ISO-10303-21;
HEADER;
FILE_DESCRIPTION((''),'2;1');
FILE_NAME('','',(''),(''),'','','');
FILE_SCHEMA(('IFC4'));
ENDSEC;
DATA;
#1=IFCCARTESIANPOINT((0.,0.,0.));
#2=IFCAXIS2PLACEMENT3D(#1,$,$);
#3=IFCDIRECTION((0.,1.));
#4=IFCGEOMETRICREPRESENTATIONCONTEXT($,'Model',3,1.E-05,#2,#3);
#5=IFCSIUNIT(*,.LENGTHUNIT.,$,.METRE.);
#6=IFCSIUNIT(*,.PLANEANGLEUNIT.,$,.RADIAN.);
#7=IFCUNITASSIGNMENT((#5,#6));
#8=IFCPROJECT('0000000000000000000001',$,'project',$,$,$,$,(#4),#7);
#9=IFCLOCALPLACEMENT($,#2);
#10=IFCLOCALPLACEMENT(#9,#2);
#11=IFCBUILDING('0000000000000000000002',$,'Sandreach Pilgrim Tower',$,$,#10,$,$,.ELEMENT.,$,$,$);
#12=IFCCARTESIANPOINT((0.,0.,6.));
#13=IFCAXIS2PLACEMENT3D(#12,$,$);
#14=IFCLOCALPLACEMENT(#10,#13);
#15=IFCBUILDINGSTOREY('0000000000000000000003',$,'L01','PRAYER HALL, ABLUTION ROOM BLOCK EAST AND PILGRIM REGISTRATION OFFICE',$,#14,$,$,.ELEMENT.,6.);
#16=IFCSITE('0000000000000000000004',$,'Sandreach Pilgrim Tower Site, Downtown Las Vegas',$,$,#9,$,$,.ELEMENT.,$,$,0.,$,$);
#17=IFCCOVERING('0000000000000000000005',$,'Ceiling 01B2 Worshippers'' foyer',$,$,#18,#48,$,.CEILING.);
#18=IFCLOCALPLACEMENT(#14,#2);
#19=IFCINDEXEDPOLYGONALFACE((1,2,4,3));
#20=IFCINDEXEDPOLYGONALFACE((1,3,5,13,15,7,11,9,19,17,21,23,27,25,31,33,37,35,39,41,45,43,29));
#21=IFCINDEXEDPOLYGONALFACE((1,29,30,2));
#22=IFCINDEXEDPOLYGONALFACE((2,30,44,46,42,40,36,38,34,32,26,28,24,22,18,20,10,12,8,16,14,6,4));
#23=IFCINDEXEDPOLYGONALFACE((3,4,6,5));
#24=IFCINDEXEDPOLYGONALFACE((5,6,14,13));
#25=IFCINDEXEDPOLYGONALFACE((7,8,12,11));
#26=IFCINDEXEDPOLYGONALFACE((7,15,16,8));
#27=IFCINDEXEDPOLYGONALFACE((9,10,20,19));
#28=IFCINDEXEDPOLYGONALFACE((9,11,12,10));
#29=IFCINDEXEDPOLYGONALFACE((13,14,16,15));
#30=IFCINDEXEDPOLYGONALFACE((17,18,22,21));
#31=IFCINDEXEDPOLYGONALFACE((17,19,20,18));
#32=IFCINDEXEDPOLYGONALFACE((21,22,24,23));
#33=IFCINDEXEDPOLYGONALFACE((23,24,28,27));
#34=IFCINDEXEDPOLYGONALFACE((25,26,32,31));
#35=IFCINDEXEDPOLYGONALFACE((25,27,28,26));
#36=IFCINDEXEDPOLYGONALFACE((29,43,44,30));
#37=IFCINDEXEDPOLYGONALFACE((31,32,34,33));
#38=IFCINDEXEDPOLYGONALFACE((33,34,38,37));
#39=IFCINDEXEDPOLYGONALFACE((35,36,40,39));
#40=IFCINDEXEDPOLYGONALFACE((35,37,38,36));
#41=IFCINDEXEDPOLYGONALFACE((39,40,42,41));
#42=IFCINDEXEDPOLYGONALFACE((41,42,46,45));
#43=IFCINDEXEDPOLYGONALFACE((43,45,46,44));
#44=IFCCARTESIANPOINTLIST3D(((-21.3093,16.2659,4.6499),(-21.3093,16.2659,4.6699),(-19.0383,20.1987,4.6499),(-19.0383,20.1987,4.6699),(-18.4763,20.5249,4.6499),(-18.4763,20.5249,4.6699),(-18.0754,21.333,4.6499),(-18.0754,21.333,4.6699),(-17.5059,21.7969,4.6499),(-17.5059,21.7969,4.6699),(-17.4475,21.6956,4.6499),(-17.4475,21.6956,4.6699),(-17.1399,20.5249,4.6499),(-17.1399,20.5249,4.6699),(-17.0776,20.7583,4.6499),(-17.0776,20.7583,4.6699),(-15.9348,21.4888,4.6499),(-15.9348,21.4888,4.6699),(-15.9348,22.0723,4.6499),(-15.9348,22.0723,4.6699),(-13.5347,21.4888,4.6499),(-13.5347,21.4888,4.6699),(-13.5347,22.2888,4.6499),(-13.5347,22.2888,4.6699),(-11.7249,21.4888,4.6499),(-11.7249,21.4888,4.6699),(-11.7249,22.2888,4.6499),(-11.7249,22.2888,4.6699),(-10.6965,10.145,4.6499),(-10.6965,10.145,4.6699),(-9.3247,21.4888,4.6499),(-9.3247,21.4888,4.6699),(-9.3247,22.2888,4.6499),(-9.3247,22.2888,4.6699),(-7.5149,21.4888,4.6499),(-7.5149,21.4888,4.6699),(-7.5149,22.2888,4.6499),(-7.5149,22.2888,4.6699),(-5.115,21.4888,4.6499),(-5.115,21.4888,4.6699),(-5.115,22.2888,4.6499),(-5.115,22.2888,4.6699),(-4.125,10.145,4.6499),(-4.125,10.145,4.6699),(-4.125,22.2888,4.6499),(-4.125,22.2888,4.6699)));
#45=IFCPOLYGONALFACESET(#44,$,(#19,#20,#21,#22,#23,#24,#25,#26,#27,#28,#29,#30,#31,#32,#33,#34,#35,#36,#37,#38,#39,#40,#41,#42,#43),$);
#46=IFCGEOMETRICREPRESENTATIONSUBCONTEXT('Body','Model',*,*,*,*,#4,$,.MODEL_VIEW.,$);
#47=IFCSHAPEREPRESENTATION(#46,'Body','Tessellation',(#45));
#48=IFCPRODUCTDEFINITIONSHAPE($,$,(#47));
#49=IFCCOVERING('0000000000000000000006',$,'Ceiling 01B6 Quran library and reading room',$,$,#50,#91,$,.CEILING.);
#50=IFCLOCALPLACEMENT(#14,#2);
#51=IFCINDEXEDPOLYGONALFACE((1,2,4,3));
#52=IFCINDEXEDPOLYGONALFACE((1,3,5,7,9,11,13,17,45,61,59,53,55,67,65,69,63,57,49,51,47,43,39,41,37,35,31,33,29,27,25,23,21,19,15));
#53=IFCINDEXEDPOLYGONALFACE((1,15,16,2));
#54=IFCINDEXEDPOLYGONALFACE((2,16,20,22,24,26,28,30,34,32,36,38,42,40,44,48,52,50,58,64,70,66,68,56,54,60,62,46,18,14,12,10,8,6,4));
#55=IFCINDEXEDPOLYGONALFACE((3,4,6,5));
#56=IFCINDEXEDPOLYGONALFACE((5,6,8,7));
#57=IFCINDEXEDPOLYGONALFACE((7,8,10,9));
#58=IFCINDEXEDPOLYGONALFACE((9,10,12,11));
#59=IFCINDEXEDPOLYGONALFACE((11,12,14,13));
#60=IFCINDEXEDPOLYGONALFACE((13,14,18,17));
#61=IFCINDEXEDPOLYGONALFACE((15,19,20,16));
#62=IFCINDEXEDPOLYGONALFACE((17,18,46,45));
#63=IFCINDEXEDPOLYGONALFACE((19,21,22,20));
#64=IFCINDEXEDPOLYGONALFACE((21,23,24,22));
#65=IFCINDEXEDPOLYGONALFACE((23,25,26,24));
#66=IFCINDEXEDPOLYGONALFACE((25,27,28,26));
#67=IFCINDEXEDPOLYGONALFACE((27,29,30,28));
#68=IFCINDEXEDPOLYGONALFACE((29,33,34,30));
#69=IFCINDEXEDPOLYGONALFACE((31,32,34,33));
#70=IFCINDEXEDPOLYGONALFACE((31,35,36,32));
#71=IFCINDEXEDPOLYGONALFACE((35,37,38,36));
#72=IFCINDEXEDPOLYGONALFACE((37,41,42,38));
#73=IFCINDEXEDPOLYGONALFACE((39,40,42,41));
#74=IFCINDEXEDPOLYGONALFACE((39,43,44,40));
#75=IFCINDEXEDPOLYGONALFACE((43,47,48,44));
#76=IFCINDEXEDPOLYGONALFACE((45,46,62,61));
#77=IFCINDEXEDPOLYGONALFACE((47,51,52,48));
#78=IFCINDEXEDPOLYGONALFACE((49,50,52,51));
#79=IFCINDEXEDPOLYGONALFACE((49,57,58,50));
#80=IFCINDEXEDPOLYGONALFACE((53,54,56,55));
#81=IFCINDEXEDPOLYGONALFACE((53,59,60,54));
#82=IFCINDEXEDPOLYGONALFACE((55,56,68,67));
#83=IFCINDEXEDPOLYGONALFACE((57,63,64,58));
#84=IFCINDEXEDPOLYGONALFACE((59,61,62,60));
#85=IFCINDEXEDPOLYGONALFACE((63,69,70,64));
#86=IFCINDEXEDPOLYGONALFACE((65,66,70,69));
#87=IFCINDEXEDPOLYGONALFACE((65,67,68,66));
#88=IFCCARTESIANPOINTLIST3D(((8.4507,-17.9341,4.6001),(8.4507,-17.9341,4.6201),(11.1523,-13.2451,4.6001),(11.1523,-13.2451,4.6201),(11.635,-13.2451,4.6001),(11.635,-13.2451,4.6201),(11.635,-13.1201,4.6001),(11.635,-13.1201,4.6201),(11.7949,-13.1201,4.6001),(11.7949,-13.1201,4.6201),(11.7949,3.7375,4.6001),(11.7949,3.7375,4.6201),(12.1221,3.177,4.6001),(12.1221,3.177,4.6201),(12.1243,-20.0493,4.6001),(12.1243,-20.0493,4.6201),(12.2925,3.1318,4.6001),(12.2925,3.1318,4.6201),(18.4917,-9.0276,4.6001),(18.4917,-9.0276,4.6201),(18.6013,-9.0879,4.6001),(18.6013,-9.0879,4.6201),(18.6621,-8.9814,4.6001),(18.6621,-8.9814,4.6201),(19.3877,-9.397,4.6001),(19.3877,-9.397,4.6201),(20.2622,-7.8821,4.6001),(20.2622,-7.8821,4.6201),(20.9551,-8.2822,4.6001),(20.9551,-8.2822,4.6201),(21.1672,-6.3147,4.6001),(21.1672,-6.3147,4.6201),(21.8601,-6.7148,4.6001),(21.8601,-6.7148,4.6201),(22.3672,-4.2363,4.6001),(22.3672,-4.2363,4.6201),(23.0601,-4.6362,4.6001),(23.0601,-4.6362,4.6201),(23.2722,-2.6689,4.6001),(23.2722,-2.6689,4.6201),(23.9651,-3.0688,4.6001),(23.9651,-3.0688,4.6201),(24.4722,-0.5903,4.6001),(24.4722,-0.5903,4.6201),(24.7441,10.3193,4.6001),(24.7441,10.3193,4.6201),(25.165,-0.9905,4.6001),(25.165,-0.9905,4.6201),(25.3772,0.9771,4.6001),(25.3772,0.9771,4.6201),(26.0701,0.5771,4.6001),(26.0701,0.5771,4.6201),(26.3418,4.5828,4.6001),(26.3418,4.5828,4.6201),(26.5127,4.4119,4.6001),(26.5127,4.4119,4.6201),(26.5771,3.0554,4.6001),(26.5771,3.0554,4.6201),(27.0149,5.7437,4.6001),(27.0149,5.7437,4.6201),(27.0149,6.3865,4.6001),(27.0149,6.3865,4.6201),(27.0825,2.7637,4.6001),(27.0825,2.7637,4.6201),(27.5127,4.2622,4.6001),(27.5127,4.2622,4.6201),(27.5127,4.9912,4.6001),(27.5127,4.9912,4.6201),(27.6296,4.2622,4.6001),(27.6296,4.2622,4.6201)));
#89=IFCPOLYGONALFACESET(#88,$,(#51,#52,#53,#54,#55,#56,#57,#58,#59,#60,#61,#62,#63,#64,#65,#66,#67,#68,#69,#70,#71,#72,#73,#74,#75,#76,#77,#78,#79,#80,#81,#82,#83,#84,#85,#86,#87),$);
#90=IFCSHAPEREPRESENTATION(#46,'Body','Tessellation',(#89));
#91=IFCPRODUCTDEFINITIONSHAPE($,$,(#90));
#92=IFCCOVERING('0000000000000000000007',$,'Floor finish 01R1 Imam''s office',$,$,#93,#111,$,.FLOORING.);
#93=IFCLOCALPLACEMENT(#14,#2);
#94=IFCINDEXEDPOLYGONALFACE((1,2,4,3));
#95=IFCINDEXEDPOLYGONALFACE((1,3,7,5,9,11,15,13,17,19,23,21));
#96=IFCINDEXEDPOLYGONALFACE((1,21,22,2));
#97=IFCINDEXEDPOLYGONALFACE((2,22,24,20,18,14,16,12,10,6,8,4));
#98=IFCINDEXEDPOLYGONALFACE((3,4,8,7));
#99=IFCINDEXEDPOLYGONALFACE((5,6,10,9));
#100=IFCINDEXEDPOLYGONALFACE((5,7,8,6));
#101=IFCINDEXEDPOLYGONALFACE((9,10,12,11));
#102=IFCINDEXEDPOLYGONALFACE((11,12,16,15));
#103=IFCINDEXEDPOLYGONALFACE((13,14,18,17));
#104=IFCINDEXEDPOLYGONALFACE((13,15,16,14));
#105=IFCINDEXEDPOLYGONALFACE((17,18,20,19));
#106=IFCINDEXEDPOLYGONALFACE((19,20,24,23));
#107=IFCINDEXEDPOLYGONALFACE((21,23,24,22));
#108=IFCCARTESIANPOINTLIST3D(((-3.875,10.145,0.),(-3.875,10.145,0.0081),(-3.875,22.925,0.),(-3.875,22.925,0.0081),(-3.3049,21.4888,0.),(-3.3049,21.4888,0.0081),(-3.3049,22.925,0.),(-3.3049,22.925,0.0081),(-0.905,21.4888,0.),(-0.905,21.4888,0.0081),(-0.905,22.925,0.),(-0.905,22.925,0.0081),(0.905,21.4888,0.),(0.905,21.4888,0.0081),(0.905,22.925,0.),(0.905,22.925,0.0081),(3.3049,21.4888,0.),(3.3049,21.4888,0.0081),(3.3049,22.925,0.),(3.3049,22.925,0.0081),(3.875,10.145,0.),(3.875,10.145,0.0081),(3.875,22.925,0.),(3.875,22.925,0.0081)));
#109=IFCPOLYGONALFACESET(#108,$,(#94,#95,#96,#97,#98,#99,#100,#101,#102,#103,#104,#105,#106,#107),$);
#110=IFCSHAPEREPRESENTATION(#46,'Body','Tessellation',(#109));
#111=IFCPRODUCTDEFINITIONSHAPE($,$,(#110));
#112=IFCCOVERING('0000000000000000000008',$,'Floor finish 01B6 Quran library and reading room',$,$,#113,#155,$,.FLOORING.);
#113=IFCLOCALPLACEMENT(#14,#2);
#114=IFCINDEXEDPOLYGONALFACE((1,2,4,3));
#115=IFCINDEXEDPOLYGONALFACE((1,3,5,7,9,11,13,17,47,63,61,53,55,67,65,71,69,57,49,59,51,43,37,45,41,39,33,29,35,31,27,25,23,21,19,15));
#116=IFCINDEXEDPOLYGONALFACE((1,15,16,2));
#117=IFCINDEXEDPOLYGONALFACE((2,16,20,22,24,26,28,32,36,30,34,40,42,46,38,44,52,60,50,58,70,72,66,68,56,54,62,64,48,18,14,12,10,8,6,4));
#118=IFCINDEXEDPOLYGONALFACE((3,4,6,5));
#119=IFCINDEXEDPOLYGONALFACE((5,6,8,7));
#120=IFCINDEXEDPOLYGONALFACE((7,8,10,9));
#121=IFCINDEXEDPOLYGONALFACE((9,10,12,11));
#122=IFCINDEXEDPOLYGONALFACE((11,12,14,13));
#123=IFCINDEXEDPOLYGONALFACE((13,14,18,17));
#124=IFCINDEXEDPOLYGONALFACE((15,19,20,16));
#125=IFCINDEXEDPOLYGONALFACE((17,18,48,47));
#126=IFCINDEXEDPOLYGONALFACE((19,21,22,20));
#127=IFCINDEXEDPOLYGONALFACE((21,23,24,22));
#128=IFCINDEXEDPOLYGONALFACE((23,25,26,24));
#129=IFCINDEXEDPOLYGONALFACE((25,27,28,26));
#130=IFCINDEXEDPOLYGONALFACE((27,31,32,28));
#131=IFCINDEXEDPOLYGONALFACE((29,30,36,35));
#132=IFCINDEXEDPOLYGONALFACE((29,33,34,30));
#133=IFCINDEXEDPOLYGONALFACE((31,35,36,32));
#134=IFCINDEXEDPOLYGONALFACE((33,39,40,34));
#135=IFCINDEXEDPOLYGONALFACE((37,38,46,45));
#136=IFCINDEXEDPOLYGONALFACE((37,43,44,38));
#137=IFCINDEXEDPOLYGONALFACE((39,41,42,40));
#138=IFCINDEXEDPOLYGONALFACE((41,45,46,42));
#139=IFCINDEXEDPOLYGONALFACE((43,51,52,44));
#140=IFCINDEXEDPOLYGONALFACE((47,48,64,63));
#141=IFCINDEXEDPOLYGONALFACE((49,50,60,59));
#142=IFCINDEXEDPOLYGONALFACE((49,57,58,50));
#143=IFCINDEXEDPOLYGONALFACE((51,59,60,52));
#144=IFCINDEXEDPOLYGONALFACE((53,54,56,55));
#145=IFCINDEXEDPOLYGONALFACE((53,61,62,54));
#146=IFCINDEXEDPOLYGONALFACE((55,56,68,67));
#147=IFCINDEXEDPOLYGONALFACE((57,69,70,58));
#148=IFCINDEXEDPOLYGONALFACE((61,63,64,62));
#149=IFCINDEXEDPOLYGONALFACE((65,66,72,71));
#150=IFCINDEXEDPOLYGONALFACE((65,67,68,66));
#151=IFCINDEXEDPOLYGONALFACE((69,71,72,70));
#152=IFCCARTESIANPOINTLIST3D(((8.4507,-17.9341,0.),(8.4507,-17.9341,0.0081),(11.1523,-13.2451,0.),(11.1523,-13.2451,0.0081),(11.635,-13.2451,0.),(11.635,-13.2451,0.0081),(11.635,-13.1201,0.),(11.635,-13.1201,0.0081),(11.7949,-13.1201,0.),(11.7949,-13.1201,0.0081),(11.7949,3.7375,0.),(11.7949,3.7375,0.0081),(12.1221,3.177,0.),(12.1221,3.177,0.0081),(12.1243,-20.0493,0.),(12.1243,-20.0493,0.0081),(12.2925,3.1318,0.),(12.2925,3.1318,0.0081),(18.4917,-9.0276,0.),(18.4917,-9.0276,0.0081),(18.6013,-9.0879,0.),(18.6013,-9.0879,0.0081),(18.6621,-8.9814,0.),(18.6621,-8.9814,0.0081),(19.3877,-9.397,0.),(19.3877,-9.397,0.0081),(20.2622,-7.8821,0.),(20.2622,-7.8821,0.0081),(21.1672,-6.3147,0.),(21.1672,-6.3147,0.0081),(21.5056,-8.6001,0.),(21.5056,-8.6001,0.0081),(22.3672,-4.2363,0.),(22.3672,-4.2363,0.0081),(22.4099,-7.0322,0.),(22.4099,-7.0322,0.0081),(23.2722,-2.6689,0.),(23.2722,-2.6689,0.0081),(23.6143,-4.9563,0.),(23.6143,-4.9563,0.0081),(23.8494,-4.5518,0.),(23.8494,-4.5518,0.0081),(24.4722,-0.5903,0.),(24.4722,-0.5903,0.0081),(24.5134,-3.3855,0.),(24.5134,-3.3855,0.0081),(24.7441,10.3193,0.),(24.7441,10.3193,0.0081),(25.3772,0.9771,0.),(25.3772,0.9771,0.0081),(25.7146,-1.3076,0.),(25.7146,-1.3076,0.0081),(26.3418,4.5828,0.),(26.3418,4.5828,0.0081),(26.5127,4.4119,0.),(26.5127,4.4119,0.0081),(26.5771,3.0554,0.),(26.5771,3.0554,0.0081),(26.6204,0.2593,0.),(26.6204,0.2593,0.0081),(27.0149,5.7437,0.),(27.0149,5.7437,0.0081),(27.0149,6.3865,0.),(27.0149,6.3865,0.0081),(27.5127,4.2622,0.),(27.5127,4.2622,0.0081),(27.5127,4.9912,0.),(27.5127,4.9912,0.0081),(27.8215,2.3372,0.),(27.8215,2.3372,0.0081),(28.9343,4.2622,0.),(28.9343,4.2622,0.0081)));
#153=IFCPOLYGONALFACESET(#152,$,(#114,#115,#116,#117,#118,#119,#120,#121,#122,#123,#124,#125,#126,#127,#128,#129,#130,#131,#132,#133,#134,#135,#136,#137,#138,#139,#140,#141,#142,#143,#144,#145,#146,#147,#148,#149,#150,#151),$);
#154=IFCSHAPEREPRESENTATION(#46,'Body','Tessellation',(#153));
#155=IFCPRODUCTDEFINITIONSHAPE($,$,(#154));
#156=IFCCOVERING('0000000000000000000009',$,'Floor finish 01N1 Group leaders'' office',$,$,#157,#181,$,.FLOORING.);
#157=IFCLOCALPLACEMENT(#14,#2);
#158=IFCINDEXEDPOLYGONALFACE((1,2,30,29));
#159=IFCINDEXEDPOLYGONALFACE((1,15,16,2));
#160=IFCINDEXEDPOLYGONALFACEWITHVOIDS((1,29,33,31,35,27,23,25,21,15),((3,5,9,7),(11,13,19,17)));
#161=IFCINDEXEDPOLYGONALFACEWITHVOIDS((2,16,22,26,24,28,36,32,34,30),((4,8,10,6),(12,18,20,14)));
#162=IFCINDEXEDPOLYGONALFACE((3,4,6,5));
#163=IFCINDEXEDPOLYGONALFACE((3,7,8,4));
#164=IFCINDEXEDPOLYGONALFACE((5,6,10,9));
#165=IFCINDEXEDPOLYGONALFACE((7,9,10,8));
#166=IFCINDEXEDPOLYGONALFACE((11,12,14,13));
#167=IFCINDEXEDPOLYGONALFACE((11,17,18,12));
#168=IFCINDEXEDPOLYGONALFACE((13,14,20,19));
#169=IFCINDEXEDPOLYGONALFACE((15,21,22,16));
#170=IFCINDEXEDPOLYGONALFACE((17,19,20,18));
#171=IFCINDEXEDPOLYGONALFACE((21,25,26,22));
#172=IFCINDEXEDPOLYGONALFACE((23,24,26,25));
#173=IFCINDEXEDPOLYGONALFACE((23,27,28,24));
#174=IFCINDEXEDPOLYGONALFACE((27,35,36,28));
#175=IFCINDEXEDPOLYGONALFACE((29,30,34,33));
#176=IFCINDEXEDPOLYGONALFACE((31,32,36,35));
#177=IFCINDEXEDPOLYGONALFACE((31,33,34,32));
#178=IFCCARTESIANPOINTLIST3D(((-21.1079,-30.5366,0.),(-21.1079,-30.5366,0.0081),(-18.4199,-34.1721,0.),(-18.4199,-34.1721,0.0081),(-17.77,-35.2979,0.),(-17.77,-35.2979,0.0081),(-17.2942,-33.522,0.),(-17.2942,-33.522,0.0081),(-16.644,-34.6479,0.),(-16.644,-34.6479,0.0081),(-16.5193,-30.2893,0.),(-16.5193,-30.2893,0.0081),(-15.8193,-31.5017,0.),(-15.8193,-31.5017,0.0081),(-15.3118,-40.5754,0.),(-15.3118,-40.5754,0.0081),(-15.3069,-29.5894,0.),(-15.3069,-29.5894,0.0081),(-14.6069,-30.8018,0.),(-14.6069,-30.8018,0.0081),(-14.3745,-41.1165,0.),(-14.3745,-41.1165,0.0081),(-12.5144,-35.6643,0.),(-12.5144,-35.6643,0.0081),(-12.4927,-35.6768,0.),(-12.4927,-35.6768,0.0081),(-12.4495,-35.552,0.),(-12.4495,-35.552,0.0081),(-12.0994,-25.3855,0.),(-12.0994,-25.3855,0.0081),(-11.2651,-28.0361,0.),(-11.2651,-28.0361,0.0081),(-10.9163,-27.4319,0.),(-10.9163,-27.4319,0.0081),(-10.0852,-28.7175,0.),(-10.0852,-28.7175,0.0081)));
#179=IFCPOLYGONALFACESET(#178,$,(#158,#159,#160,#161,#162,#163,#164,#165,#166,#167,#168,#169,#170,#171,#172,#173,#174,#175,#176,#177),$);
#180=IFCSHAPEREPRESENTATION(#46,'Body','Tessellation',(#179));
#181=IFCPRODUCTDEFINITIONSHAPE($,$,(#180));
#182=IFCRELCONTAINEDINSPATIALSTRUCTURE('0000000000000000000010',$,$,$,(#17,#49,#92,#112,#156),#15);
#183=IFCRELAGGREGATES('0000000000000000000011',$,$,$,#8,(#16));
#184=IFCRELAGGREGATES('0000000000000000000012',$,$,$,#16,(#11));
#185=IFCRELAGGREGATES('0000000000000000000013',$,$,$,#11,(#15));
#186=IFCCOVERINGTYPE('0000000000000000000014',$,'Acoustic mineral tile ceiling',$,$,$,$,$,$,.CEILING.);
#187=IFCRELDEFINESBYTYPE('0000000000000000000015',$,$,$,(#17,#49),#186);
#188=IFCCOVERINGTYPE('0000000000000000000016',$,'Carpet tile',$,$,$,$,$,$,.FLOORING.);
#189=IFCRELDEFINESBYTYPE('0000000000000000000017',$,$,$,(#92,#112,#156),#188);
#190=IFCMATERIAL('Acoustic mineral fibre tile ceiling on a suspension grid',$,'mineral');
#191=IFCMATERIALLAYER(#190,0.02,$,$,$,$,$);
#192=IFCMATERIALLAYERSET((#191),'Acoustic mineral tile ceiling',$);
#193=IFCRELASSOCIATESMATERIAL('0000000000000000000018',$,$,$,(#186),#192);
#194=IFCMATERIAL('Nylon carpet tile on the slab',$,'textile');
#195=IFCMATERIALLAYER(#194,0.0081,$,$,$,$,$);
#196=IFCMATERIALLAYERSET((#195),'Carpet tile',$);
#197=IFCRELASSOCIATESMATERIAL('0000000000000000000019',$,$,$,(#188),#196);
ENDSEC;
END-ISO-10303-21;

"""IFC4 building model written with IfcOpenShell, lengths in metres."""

from ifc_helpers import new_model, si_unit, direction, frame, origin, place, context, subcontext, project, spatial, polyline, outline, extrude, material, layer, layer_set, type_object, element, save


model = new_model("IFC4")

# Units and contexts
model_context = context("Model", 3, precision=1e-05, world=origin(), true_north=direction((0.0, 1.0)))
body_context = subcontext(model_context, "Body", "Model", "MODEL_VIEW")
ifc_project = project(units=[si_unit("LENGTHUNIT", "METRE"), si_unit("PLANEANGLEUNIT", "RADIAN")], contexts=[model_context])

# Site, building, storey
site_placement = place(None, origin())
site = spatial("IfcSite", under=ifc_project, at=site_placement, Name="Sandreach Pilgrim Tower Site, Downtown Las Vegas", CompositionType="ELEMENT", RefElevation=0.0)
building_placement = place(site_placement, origin())
building = spatial("IfcBuilding", under=site, at=building_placement, Name="Sandreach Pilgrim Tower", CompositionType="ELEMENT")
storey_placement = place(building_placement, frame((0.0, 0.0, 6.0)))
storey = spatial("IfcBuildingStorey", under=building, at=storey_placement, Name="L01", Description="PRAYER HALL, ABLUTION ROOM BLOCK EAST AND PILGRIM REGISTRATION OFFICE", CompositionType="ELEMENT", Elevation=6.0)

# Coverings
ifc_material_1 = material(Name="Acoustic mineral fibre tile ceiling on a suspension grid", Category="mineral")
ifc_layer_1 = layer(ifc_material_1, 0.02)
ifc_layer_set_1 = layer_set([ifc_layer_1], Name="Acoustic mineral tile ceiling")
covering_type_1 = type_object("IfcCoveringType", Name="Acoustic mineral tile ceiling", PredefinedType="CEILING", material=ifc_layer_set_1)
covering_1_placement = place(storey_placement, frame((0.0, 0.0, 4.6499)))
element("IfcCovering", 1, at=covering_1_placement, inside=storey, type_object=covering_type_1, Name="Ceiling 01B2 Worshippers' foyer", PredefinedType="CEILING", context=body_context, shape_type="SweptSolid", body=[
    extrude(outline(polyline([(-15.9348, 22.0723), (-15.9348, 21.4888), (-13.5347, 21.4888), (-13.5347, 22.2888), (-11.7249, 22.2888), (-11.7249, 21.4888), (-9.3247, 21.4888), (-9.3247, 22.2888), (-7.5149, 22.2888), (-7.5149, 21.4888), (-5.115, 21.4888), (-5.115, 22.2888), (-4.125, 22.2888), (-4.125, 10.145), (-10.6965, 10.145), (-21.3093, 16.2659), (-19.0383, 20.1987), (-18.4763, 20.5249), (-17.1399, 20.5249), (-17.0776, 20.7583), (-18.0754, 21.333), (-17.4475, 21.6956), (-17.5059, 21.7969), (-15.9348, 22.0723)])), origin(), (0.0, 0.0, 1.0), 0.02),
])
covering_2_placement = place(storey_placement, frame((0.0, 0.0, 4.6001)))
element("IfcCovering", 2, at=covering_2_placement, inside=storey, type_object=covering_type_1, Name="Ceiling 01B6 Quran library and reading room", PredefinedType="CEILING", context=body_context, shape_type="SweptSolid", body=[
    extrude(outline(polyline([(11.635, -13.1201), (11.7949, -13.1201), (11.7949, 3.7375), (12.1221, 3.177), (12.2925, 3.1318), (24.7441, 10.3193), (27.0149, 6.3865), (27.0149, 5.7437), (26.3418, 4.5828), (26.5127, 4.4119), (27.5127, 4.9912), (27.5127, 4.2622), (27.6296, 4.2622), (27.0825, 2.7637), (26.5771, 3.0554), (25.3772, 0.9771), (26.0701, 0.5771), (25.165, -0.9905), (24.4722, -0.5903), (23.2722, -2.6689), (23.9651, -3.0688), (23.0601, -4.6362), (22.3672, -4.2363), (21.1672, -6.3147), (21.8601, -6.7148), (20.9551, -8.2822), (20.2622, -7.8821), (19.3877, -9.397), (18.6621, -8.9814), (18.6013, -9.0879), (18.4917, -9.0276), (12.1243, -20.0493), (8.4507, -17.9341), (11.1523, -13.2451), (11.635, -13.2451), (11.635, -13.1201)])), origin(), (0.0, 0.0, 1.0), 0.02),
])
ifc_material_2 = material(Name="Nylon carpet tile on the slab", Category="textile")
ifc_layer_2 = layer(ifc_material_2, 0.0081)
ifc_layer_set_2 = layer_set([ifc_layer_2], Name="Carpet tile")
covering_type_2 = type_object("IfcCoveringType", Name="Carpet tile", PredefinedType="FLOORING", material=ifc_layer_set_2)
covering_3_placement = place(storey_placement, origin())
element("IfcCovering", 3, at=covering_3_placement, inside=storey, type_object=covering_type_2, Name="Floor finish 01R1 Imam's office", PredefinedType="FLOORING", context=body_context, shape_type="SweptSolid", body=[
    extrude(outline(polyline([(3.875, 10.145), (-3.875, 10.145), (-3.875, 22.925), (-3.3049, 22.925), (-3.3049, 21.4888), (-0.905, 21.4888), (-0.905, 22.925), (0.905, 22.925), (0.905, 21.4888), (3.3049, 21.4888), (3.3049, 22.925), (3.875, 22.925), (3.875, 10.145)])), origin(), (0.0, 0.0, 1.0), 0.0081),
])
covering_4_placement = place(storey_placement, origin())
element("IfcCovering", 4, at=covering_4_placement, inside=storey, type_object=covering_type_2, Name="Floor finish 01B6 Quran library and reading room", PredefinedType="FLOORING", context=body_context, shape_type="SweptSolid", body=[
    extrude(outline(polyline([(11.635, -13.1201), (11.7949, -13.1201), (11.7949, 3.7375), (12.1221, 3.177), (12.2925, 3.1318), (24.7441, 10.3193), (27.0149, 6.3865), (27.0149, 5.7437), (26.3418, 4.5828), (26.5127, 4.4119), (27.5127, 4.9912), (27.5127, 4.2622), (28.9343, 4.2622), (27.8215, 2.3372), (26.5771, 3.0554), (25.3772, 0.9771), (26.6204, 0.2593), (25.7146, -1.3076), (24.4722, -0.5903), (23.2722, -2.6689), (24.5134, -3.3855), (23.8494, -4.5518), (23.6143, -4.9563), (22.3672, -4.2363), (21.1672, -6.3147), (22.4099, -7.0322), (21.5056, -8.6001), (20.2622, -7.8821), (19.3877, -9.397), (18.6621, -8.9814), (18.6013, -9.0879), (18.4917, -9.0276), (12.1243, -20.0493), (8.4507, -17.9341), (11.1523, -13.2451), (11.635, -13.2451), (11.635, -13.1201)])), origin(), (0.0, 0.0, 1.0), 0.0081),
])
covering_5_placement = place(storey_placement, origin())
element("IfcCovering", 5, at=covering_5_placement, inside=storey, type_object=covering_type_2, Name="Floor finish 01N1 Group leaders' office", PredefinedType="FLOORING", context=body_context, shape_type="SweptSolid", body=[
    extrude(outline(polyline([(-21.1079, -30.5366), (-12.0994, -25.3855), (-10.9163, -27.4319), (-11.2651, -28.0361), (-10.0852, -28.7175), (-12.4495, -35.552), (-12.5144, -35.6643), (-12.4927, -35.6768), (-14.3745, -41.1165), (-15.3118, -40.5754), (-21.1079, -30.5366)]), holes=[polyline([(-15.8193, -31.5017), (-14.6069, -30.8018), (-15.3069, -29.5894), (-16.5193, -30.2893), (-15.8193, -31.5017)]), polyline([(-18.4199, -34.1721), (-17.77, -35.2979), (-16.644, -34.6479), (-17.2942, -33.522), (-18.4199, -34.1721)])]), origin(), (0.0, 0.0, 1.0), 0.0081),
])

save(model, "model.ifc")
